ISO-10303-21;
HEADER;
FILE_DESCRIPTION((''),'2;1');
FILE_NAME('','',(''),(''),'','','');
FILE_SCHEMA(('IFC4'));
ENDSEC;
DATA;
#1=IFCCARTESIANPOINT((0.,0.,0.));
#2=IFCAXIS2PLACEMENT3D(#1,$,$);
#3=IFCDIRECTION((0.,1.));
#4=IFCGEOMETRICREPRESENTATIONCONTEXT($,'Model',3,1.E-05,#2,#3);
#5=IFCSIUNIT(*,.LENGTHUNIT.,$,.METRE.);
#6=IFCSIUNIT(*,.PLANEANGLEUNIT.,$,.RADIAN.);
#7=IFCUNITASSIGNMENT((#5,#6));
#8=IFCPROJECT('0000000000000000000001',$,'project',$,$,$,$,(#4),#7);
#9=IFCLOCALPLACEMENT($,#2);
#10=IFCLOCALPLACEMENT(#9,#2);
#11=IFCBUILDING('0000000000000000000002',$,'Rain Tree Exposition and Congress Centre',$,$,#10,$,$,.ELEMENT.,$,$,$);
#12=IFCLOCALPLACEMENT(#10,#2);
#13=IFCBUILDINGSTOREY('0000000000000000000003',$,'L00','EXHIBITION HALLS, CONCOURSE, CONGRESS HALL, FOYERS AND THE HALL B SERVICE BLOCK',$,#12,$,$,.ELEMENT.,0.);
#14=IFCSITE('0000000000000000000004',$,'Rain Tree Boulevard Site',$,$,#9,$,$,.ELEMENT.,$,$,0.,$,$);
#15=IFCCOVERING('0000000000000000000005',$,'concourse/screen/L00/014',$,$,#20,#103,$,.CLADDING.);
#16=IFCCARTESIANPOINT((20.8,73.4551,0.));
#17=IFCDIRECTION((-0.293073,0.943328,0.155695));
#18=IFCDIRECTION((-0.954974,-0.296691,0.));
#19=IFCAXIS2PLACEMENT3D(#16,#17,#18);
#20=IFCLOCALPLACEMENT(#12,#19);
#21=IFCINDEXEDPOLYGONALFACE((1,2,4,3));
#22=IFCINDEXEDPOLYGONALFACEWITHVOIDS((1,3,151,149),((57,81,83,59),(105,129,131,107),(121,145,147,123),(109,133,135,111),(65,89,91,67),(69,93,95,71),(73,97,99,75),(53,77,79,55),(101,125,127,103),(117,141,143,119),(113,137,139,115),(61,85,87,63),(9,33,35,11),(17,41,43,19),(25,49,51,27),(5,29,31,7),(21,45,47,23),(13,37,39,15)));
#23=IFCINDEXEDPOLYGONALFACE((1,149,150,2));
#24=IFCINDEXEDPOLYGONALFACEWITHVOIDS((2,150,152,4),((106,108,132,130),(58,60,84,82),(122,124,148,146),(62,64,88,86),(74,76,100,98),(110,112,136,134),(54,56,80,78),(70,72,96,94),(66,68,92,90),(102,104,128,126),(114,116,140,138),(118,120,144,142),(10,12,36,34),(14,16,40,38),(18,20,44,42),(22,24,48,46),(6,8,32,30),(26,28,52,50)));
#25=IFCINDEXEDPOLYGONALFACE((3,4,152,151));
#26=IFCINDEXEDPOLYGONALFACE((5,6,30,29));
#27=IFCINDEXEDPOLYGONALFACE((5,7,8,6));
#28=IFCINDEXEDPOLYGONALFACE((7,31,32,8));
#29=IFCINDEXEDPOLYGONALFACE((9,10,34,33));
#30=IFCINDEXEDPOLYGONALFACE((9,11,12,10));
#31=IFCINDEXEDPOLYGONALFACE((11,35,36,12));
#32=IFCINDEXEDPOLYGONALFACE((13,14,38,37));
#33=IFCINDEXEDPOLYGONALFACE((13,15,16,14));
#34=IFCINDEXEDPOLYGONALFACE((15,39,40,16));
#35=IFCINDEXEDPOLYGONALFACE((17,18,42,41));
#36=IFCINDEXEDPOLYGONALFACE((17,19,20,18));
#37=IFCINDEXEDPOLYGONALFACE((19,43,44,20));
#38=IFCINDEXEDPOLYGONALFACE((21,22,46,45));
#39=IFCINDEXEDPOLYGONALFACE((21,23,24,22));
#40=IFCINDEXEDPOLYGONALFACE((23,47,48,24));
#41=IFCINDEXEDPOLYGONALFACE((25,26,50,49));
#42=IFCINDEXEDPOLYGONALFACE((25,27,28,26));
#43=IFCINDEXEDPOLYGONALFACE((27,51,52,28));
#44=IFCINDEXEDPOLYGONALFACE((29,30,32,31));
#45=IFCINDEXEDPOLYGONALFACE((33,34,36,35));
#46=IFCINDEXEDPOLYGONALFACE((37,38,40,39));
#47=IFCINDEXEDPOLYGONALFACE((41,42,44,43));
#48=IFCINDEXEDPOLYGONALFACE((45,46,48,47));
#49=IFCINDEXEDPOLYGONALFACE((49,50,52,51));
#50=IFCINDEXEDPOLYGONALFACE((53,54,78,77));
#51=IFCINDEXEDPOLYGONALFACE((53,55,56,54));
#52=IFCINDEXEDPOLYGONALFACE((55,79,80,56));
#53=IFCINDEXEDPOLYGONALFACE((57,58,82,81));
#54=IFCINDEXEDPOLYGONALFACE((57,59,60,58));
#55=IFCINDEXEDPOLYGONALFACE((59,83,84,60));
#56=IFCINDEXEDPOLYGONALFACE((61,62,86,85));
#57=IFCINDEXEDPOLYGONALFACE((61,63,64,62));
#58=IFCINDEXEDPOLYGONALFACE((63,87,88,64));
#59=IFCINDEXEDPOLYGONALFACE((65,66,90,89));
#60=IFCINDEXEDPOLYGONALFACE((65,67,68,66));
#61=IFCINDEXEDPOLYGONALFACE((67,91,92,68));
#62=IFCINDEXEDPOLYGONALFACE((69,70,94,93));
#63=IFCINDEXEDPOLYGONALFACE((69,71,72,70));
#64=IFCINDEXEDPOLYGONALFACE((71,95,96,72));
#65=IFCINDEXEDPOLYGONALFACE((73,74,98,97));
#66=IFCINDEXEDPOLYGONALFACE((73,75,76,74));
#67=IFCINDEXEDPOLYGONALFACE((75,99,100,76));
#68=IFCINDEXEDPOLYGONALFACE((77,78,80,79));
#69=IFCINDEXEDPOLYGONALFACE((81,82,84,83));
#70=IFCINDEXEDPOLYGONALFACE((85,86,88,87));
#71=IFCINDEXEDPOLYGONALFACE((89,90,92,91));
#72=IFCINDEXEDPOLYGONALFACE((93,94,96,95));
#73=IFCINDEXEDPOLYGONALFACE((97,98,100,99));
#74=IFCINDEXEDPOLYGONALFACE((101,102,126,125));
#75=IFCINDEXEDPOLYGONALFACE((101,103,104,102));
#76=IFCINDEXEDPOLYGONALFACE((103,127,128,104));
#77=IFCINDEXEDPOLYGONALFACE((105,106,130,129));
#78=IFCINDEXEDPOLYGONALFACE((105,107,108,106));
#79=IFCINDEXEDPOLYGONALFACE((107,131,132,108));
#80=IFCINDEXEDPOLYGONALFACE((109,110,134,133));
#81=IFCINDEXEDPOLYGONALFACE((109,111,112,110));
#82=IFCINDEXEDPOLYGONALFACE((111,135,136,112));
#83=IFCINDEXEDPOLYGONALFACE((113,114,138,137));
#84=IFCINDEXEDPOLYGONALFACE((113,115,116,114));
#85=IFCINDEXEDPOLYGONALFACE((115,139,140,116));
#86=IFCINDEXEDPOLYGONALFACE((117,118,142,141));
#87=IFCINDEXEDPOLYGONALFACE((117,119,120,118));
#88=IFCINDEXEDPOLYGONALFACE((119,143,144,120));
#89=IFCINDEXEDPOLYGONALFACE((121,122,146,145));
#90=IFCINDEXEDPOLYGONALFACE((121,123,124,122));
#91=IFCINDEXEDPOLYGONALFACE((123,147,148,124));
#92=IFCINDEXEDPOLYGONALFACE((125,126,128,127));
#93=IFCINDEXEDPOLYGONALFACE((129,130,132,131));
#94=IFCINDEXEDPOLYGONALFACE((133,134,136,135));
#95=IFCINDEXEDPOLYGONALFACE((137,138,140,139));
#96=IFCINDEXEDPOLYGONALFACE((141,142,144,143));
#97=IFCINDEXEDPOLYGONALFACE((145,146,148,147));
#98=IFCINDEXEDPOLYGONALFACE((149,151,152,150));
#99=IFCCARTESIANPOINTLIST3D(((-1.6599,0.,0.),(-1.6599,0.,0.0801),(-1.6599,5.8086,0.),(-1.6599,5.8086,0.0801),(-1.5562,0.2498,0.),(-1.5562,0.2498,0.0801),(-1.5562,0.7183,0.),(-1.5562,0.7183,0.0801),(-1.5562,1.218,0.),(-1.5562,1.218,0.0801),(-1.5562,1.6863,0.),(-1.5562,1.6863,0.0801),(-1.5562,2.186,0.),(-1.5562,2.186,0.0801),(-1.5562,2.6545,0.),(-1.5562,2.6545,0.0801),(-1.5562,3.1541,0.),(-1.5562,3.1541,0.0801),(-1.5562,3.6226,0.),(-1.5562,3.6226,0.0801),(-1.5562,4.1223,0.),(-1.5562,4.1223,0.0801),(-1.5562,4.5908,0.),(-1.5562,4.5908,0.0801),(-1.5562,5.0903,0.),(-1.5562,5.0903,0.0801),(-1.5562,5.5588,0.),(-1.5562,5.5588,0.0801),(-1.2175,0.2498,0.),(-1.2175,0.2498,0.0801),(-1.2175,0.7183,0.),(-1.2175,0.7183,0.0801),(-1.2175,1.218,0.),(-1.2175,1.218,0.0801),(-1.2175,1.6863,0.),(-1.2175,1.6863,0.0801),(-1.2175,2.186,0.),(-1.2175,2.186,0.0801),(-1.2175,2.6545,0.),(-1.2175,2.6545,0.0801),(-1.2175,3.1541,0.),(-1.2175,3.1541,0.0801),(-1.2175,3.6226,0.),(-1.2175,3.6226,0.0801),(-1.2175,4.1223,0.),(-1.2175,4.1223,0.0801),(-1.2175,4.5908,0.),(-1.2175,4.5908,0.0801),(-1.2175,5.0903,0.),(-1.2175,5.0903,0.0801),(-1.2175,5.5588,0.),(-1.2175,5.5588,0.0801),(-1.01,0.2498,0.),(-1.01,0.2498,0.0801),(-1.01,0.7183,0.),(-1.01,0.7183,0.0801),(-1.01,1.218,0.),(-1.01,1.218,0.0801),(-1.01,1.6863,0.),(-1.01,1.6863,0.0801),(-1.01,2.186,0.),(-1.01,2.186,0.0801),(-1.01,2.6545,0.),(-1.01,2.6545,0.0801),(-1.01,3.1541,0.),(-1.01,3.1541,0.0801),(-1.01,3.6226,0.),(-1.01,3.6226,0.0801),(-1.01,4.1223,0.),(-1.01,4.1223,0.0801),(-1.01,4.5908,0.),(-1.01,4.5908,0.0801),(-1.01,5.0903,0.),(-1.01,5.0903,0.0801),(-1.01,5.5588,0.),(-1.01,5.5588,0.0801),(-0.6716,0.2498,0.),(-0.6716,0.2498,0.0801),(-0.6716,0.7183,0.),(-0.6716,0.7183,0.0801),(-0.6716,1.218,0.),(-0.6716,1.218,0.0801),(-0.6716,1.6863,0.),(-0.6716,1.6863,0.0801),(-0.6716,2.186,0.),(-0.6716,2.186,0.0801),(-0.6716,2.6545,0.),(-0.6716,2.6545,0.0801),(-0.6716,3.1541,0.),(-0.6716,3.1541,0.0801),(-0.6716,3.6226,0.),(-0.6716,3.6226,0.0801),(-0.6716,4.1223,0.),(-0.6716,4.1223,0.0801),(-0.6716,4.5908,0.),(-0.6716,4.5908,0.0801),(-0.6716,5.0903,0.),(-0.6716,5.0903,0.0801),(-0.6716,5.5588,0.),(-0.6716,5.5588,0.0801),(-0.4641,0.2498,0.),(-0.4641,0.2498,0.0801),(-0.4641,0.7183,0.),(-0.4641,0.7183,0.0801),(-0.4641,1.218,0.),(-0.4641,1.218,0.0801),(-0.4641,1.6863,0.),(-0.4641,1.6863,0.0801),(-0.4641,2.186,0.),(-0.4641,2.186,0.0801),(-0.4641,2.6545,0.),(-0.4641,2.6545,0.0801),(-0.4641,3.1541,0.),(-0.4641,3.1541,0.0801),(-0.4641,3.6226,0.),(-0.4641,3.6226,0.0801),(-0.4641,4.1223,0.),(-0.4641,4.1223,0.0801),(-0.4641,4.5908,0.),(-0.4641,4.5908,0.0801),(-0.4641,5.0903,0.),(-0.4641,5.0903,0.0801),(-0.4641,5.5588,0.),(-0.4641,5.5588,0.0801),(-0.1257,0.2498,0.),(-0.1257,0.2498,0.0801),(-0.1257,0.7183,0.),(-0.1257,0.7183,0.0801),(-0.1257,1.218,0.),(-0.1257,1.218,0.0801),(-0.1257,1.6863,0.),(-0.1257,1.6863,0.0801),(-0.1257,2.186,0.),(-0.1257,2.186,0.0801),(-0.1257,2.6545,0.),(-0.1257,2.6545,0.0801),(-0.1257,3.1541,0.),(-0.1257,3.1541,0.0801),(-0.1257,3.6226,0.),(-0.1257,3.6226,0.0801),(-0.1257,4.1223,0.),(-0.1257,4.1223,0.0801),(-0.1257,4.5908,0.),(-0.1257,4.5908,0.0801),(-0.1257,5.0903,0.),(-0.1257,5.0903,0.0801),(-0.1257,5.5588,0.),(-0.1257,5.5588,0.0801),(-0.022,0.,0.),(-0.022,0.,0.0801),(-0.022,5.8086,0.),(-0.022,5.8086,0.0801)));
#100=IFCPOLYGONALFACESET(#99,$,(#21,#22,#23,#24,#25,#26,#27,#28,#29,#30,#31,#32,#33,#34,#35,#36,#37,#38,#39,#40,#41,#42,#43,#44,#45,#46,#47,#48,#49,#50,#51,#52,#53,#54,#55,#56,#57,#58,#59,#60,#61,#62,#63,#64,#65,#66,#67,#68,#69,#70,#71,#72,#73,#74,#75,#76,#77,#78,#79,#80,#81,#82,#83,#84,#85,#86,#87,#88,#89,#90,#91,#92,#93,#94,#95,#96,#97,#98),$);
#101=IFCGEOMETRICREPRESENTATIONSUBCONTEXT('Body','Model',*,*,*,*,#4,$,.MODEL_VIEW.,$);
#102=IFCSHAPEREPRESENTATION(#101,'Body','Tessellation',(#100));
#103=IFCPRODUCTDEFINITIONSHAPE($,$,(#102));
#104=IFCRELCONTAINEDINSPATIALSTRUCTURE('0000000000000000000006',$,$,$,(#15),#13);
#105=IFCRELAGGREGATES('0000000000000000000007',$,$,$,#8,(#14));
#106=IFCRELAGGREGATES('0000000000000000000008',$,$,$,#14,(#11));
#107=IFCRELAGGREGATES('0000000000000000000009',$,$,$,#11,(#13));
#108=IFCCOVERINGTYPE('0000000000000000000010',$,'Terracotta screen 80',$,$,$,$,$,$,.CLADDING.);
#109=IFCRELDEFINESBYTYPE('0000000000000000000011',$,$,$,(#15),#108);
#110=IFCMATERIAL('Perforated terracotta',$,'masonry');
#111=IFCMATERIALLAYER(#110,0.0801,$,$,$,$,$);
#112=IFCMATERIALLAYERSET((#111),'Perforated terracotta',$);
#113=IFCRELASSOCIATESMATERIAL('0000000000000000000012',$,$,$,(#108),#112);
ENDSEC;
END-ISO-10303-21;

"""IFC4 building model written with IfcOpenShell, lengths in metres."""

from ifc_helpers import new_model, si_unit, direction, frame, origin, place, context, subcontext, project, spatial, polyline, outline, extrude, material, layer, layer_set, type_object, element, save


model = new_model("IFC4")

# Units and contexts
model_context = context("Model", 3, precision=1e-05, world=origin(), true_north=direction((0.0, 1.0)))
body_context = subcontext(model_context, "Body", "Model", "MODEL_VIEW")
ifc_project = project(units=[si_unit("LENGTHUNIT", "METRE"), si_unit("PLANEANGLEUNIT", "RADIAN")], contexts=[model_context])

# Site, building, storey
site_placement = place(None, origin())
site = spatial("IfcSite", under=ifc_project, at=site_placement, Name="Rain Tree Boulevard Site", CompositionType="ELEMENT", RefElevation=0.0)
building_placement = place(site_placement, origin())
building = spatial("IfcBuilding", under=site, at=building_placement, Name="Rain Tree Exposition and Congress Centre", CompositionType="ELEMENT")
storey_placement = place(building_placement, origin())
storey = spatial("IfcBuildingStorey", under=building, at=storey_placement, Name="L00", Description="EXHIBITION HALLS, CONCOURSE, CONGRESS HALL, FOYERS AND THE HALL B SERVICE BLOCK", CompositionType="ELEMENT", Elevation=0.0)

# Covering
ifc_material_1 = material(Name="Perforated terracotta", Category="masonry")
ifc_layer_1 = layer(ifc_material_1, 0.0801)
ifc_layer_set_1 = layer_set([ifc_layer_1], Name="Perforated terracotta")
covering_type = type_object("IfcCoveringType", Name="Terracotta screen 80", PredefinedType="CLADDING", material=ifc_layer_set_1)
covering_1_placement = place(storey_placement, frame((20.8, 73.4551, 0.0), z_axis=(-0.293073, 0.943328, 0.155695), x_axis=(-0.954974, -0.296691, 0.0)))
element("IfcCovering", 1, at=covering_1_placement, inside=storey, type_object=covering_type, Name="concourse/screen/L00/014", PredefinedType="CLADDING", context=body_context, shape_type="SweptSolid", body=[
    extrude(outline(polyline([(-0.022, 0.0), (-1.6599, 0.0), (-1.6599, 5.8086), (-0.022, 5.8086), (-0.022, 0.0)]), holes=[polyline([(-0.1257, 0.2498), (-0.1257, 0.7183), (-0.4641, 0.7183), (-0.4641, 0.2498), (-0.1257, 0.2498)]), polyline([(-0.1257, 1.218), (-0.1257, 1.6863), (-0.4641, 1.6863), (-0.4641, 1.218), (-0.1257, 1.218)]), polyline([(-0.1257, 2.186), (-0.1257, 2.6545), (-0.4641, 2.6545), (-0.4641, 2.186), (-0.1257, 2.186)]), polyline([(-0.1257, 3.1541), (-0.1257, 3.6226), (-0.4641, 3.6226), (-0.4641, 3.1541), (-0.1257, 3.1541)]), polyline([(-0.1257, 4.1223), (-0.1257, 4.5908), (-0.4641, 4.5908), (-0.4641, 4.1223), (-0.1257, 4.1223)]), polyline([(-0.1257, 5.0903), (-0.1257, 5.5588), (-0.4641, 5.5588), (-0.4641, 5.0903), (-0.1257, 5.0903)]), polyline([(-0.6716, 0.2498), (-0.6716, 0.7183), (-1.01, 0.7183), (-1.01, 0.2498), (-0.6716, 0.2498)]), polyline([(-0.6716, 1.218), (-0.6716, 1.6863), (-1.01, 1.6863), (-1.01, 1.218), (-0.6716, 1.218)]), polyline([(-0.6716, 2.186), (-0.6716, 2.6545), (-1.01, 2.6545), (-1.01, 2.186), (-0.6716, 2.186)]), polyline([(-0.6716, 3.1541), (-0.6716, 3.6226), (-1.01, 3.6226), (-1.01, 3.1541), (-0.6716, 3.1541)]), polyline([(-0.6716, 4.1223), (-0.6716, 4.5908), (-1.01, 4.5908), (-1.01, 4.1223), (-0.6716, 4.1223)]), polyline([(-0.6716, 5.0903), (-0.6716, 5.5588), (-1.01, 5.5588), (-1.01, 5.0903), (-0.6716, 5.0903)]), polyline([(-1.2175, 0.2498), (-1.2175, 0.7183), (-1.5562, 0.7183), (-1.5562, 0.2498), (-1.2175, 0.2498)]), polyline([(-1.2175, 1.218), (-1.2175, 1.6863), (-1.5562, 1.6863), (-1.5562, 1.218), (-1.2175, 1.218)]), polyline([(-1.2175, 2.186), (-1.2175, 2.6545), (-1.5562, 2.6545), (-1.5562, 2.186), (-1.2175, 2.186)]), polyline([(-1.2175, 3.1541), (-1.2175, 3.6226), (-1.5562, 3.6226), (-1.5562, 3.1541), (-1.2175, 3.1541)]), polyline([(-1.2175, 4.1223), (-1.2175, 4.5908), (-1.5562, 4.5908), (-1.5562, 4.1223), (-1.2175, 4.1223)]), polyline([(-1.2175, 5.0903), (-1.2175, 5.5588), (-1.5562, 5.5588), (-1.5562, 5.0903), (-1.2175, 5.0903)])]), origin(), (0.0, 0.0, 1.0), 0.0801),
])

save(model, "model.ifc")
